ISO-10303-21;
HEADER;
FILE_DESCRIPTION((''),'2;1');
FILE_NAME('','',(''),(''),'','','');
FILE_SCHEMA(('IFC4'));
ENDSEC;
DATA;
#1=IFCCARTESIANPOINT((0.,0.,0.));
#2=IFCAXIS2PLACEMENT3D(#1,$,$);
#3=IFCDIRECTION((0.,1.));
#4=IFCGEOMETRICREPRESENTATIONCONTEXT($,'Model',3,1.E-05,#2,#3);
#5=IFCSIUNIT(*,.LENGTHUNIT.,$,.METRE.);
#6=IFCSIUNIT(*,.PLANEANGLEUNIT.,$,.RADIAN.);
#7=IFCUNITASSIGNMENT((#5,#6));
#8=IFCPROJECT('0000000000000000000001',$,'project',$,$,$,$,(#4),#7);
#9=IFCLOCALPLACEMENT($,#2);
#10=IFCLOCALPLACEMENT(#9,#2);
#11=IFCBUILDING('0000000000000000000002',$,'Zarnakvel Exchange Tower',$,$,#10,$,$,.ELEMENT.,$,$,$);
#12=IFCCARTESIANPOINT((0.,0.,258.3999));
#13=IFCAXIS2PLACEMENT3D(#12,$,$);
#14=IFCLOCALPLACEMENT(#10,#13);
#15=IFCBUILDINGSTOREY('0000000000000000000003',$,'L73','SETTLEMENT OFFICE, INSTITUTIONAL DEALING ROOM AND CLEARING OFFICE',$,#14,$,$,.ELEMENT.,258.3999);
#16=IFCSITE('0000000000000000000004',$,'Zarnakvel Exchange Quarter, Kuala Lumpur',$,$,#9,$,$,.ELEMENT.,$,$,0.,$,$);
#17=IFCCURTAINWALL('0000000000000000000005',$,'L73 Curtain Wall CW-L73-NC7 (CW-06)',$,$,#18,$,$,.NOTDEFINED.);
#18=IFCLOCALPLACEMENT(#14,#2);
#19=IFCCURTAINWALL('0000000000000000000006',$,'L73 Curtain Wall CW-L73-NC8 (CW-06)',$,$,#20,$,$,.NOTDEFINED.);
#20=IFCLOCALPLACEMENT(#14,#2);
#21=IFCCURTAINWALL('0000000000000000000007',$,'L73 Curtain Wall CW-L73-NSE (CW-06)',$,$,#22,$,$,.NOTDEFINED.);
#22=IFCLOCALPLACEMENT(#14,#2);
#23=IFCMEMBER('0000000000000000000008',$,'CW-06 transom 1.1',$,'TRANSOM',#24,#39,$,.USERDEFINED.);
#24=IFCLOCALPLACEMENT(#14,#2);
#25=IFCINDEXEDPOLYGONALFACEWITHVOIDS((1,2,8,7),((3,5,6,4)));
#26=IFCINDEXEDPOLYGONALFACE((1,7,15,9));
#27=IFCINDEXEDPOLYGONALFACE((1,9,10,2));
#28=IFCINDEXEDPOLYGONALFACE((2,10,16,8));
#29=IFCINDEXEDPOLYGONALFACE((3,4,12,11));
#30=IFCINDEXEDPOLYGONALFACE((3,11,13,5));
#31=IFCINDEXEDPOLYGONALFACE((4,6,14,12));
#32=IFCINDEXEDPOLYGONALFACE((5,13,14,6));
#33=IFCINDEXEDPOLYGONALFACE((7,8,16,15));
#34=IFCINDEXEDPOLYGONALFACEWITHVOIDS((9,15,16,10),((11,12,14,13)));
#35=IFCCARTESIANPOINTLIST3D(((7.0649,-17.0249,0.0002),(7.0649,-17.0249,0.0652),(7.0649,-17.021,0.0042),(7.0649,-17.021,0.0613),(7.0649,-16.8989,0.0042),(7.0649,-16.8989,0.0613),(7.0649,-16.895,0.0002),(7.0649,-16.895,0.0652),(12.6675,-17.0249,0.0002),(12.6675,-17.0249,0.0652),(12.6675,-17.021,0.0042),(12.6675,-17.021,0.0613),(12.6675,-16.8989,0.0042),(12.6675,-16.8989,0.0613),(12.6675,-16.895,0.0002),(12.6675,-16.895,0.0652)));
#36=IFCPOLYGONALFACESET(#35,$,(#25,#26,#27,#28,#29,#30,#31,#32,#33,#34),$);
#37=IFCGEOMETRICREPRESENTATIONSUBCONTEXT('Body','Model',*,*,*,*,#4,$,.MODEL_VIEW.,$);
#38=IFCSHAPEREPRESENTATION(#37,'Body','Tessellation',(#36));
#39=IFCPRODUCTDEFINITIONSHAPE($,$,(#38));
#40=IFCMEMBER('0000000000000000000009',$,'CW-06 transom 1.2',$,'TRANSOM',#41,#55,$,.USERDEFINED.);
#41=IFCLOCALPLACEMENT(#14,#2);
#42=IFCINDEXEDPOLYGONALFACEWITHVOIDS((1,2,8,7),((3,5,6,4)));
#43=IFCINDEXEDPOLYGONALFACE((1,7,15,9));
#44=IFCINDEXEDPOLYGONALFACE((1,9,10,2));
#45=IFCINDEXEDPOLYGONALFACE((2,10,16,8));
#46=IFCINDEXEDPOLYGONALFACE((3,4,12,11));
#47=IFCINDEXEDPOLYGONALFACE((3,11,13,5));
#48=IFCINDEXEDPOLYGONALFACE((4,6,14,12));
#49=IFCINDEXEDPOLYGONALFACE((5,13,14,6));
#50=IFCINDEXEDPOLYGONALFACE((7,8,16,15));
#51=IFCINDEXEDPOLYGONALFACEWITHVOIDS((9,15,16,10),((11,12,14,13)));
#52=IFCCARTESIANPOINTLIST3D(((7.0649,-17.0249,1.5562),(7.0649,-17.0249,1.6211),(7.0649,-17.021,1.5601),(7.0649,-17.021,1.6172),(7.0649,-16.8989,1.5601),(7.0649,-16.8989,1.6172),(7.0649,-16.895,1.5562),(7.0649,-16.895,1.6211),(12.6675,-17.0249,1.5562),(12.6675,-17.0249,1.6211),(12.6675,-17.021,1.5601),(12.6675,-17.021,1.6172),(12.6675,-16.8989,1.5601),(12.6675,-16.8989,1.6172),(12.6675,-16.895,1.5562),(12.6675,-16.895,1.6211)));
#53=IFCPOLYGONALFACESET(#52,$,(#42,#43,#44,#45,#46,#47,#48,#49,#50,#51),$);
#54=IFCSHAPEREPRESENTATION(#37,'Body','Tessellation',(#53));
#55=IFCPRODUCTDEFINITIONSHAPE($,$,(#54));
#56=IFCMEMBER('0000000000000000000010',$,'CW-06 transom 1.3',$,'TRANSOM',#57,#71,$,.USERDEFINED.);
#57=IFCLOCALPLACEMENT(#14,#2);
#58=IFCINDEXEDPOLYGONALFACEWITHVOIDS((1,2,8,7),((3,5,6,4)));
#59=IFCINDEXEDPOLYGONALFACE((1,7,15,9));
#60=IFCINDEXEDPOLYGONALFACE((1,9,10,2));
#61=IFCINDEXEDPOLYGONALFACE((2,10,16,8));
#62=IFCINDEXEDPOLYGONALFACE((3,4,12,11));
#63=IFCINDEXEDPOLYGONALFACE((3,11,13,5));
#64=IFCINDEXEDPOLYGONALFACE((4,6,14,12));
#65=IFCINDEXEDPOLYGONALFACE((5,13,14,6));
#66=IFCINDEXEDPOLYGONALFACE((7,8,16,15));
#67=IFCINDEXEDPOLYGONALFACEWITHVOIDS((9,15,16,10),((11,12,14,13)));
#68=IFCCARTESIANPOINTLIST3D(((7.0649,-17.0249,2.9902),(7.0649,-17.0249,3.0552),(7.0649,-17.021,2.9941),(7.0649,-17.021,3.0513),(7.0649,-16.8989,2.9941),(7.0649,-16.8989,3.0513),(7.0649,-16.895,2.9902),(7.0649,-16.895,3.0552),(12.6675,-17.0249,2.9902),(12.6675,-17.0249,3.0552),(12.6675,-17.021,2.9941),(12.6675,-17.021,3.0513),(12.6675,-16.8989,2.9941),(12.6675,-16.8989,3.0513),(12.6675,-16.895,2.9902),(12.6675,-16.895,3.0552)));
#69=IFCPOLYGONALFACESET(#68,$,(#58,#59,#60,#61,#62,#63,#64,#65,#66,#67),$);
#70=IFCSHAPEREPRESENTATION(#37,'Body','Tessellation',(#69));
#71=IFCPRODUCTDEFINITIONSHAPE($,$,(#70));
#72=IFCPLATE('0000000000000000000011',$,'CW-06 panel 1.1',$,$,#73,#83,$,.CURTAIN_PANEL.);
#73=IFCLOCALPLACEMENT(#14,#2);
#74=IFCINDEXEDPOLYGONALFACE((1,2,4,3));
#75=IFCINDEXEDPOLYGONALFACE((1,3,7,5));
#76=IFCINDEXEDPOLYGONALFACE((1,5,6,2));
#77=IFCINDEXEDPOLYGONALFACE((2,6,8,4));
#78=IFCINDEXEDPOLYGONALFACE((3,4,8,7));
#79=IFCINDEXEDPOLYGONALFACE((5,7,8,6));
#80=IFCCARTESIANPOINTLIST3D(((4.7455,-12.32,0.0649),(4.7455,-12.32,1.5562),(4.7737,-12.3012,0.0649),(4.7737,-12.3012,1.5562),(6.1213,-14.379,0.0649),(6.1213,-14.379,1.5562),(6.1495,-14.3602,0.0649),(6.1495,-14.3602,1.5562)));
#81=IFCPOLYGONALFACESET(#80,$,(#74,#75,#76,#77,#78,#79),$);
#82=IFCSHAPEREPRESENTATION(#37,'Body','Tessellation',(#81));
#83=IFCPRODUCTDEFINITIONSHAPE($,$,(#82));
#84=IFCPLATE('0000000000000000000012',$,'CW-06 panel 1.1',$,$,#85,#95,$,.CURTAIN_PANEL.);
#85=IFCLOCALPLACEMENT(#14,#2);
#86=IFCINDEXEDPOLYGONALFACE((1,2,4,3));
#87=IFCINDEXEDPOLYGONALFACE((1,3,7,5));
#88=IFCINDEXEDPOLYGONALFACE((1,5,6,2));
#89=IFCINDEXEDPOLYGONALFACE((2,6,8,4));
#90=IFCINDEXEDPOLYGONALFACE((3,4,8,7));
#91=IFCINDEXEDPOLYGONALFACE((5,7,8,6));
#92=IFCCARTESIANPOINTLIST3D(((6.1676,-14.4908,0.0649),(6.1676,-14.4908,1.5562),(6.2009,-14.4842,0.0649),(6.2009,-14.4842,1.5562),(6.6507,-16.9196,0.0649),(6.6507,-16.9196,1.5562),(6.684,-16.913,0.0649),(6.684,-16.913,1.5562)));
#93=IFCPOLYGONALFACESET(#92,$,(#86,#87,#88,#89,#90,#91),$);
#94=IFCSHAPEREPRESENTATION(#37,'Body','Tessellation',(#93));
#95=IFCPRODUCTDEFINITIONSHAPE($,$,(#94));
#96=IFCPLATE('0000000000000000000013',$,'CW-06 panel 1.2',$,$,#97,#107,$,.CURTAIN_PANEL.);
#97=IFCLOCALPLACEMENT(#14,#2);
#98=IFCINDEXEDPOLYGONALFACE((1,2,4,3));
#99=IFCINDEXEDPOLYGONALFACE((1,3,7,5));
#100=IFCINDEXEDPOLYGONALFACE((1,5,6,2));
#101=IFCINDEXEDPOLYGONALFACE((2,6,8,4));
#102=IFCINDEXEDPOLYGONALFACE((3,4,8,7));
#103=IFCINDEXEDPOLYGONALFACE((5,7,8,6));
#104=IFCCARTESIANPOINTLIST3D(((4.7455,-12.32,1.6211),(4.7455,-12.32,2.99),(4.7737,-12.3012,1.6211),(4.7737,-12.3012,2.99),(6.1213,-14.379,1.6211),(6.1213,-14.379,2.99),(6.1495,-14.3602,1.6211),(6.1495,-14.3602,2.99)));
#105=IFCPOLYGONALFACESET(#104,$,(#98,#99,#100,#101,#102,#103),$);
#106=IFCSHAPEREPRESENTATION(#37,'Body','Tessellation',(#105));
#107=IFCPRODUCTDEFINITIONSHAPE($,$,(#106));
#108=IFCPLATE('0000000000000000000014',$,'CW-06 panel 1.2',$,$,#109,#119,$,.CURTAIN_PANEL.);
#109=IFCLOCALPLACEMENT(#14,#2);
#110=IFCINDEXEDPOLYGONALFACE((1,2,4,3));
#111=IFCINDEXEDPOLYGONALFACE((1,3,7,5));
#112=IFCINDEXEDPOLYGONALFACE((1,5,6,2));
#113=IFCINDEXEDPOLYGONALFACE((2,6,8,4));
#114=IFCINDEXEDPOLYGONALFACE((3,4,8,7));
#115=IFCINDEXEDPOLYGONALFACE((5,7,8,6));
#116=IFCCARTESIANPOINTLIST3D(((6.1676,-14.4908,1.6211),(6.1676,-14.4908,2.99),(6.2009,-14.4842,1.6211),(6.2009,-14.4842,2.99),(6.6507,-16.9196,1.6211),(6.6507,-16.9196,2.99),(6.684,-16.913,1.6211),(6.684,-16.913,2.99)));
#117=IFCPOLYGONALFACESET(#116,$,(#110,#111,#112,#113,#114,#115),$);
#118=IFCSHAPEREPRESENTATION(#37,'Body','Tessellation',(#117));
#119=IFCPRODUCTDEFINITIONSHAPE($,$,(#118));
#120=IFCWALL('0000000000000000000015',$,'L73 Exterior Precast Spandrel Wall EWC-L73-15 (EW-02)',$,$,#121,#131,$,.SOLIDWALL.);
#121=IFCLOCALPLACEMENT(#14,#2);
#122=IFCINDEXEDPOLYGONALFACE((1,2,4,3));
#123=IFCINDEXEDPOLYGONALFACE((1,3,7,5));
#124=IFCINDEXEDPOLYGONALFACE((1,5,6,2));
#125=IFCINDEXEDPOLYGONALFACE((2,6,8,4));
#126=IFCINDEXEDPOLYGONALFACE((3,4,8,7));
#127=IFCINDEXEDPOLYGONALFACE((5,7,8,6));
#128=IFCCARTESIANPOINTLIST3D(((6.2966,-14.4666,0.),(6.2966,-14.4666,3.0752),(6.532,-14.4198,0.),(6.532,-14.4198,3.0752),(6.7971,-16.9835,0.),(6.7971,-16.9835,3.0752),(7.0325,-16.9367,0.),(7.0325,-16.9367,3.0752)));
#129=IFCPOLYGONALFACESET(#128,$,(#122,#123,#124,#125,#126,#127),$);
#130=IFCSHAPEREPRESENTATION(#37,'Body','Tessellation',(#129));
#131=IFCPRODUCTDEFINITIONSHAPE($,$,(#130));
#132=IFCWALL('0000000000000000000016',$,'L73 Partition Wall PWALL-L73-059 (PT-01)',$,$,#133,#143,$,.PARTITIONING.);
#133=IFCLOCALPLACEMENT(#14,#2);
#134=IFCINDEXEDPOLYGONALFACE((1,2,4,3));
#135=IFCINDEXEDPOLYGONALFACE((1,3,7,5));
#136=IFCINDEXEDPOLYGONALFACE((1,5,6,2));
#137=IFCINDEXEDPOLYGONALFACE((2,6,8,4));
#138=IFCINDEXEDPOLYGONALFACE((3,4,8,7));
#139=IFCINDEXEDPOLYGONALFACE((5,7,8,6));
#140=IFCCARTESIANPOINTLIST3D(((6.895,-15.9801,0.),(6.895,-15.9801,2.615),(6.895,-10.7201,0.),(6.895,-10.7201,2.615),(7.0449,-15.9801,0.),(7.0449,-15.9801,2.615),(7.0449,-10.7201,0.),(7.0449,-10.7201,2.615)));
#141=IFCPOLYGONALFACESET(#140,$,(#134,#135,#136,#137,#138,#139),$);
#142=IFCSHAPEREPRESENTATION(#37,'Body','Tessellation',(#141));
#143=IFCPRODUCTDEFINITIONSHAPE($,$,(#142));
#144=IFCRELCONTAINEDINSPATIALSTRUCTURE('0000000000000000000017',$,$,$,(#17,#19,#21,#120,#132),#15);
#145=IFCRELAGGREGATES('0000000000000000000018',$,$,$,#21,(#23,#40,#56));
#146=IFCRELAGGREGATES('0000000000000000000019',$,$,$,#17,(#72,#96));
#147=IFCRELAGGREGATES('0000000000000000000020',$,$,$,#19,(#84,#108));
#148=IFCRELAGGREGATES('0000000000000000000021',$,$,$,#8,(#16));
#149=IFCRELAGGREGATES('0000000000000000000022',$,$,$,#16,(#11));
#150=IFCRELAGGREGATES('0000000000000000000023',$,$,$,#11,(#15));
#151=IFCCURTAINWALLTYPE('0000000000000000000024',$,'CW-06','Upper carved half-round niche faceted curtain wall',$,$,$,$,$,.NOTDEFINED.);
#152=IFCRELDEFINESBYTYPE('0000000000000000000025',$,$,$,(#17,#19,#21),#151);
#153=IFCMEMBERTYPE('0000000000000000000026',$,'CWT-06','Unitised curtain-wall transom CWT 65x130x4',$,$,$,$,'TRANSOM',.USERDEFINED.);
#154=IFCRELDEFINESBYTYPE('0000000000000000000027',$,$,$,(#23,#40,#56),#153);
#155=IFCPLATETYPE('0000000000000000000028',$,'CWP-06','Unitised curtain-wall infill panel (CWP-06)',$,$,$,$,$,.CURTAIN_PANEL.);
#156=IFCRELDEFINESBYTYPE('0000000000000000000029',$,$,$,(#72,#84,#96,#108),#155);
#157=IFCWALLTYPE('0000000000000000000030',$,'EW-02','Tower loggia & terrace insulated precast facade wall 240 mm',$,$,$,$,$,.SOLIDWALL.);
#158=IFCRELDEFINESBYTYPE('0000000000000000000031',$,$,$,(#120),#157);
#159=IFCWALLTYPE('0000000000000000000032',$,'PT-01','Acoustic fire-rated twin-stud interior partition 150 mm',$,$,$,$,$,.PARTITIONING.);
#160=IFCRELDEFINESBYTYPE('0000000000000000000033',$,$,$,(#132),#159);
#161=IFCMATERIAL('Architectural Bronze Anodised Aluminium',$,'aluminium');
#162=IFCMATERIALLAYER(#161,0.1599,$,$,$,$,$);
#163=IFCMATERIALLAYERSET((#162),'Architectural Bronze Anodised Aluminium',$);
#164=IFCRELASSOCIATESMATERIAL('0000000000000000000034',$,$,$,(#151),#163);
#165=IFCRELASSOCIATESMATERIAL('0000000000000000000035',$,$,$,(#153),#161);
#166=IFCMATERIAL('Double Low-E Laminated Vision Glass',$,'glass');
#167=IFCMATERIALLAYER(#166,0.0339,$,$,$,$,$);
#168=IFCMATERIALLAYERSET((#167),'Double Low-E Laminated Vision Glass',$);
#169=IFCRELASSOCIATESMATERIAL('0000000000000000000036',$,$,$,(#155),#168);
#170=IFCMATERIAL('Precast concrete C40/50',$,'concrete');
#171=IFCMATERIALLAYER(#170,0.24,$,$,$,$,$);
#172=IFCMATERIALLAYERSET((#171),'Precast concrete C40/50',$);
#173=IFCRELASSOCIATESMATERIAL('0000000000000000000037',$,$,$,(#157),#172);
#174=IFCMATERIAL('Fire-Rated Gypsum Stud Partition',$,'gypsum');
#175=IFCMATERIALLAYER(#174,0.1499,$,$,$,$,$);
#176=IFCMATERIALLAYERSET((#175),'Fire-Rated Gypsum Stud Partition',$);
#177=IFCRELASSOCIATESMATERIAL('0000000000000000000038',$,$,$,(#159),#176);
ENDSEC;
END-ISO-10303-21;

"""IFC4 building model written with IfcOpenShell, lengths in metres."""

from ifc_helpers import new_model, si_unit, direction, frame, frame_2d, origin, origin_2d, place, context, subcontext, project, spatial, rectangle, hollow_rectangle, extrude, source, transform, mapped, material, layer, layer_set, material_profile, profile_set, type_object, element, aggregate, save


model = new_model("IFC4")

# Units and contexts
model_context = context("Model", 3, precision=1e-05, world=origin(), true_north=direction((0.0, 1.0)))
body_context = subcontext(model_context, "Body", "Model", "MODEL_VIEW")
ifc_project = project(units=[si_unit("LENGTHUNIT", "METRE"), si_unit("PLANEANGLEUNIT", "RADIAN")], contexts=[model_context])

# Site, building, storey
site_placement = place(None, origin())
site = spatial("IfcSite", under=ifc_project, at=site_placement, Name="Zarnakvel Exchange Quarter, Kuala Lumpur", CompositionType="ELEMENT", RefElevation=0.0)
building_placement = place(site_placement, origin())
building = spatial("IfcBuilding", under=site, at=building_placement, Name="Zarnakvel Exchange Tower", CompositionType="ELEMENT")
storey_placement = place(building_placement, frame((0.0, 0.0, 258.3999)))
storey = spatial("IfcBuildingStorey", under=building, at=storey_placement, Name="L73", Description="SETTLEMENT OFFICE, INSTITUTIONAL DEALING ROOM AND CLEARING OFFICE", CompositionType="ELEMENT", Elevation=258.3999)

# Curtain walls
ifc_material_1 = material(Name="Architectural Bronze Anodised Aluminium", Category="aluminium")
ifc_layer_1 = layer(ifc_material_1, 0.1599)
ifc_layer_set_1 = layer_set([ifc_layer_1], Name="Architectural Bronze Anodised Aluminium")
curtain_wall_type = type_object("IfcCurtainWallType", Name="CW-06", Description="Upper carved half-round niche faceted curtain wall", PredefinedType="NOTDEFINED", material=ifc_layer_set_1)
curtain_wall_1_placement = place(storey_placement, origin())
curtain_wall_1 = element("IfcCurtainWall", 1, at=curtain_wall_1_placement, inside=storey, type_object=curtain_wall_type, Name="L73 Curtain Wall CW-L73-NC7 (CW-06)", PredefinedType="NOTDEFINED")
curtain_wall_2_placement = place(storey_placement, origin())
curtain_wall_2 = element("IfcCurtainWall", 2, at=curtain_wall_2_placement, inside=storey, type_object=curtain_wall_type, Name="L73 Curtain Wall CW-L73-NC8 (CW-06)", PredefinedType="NOTDEFINED")

# Curtain wall
curtain_wall_3_placement = place(storey_placement, origin())
curtain_wall_3 = element("IfcCurtainWall", 3, at=curtain_wall_3_placement, inside=storey, type_object=curtain_wall_type, Name="L73 Curtain Wall CW-L73-NSE (CW-06)", PredefinedType="NOTDEFINED")

# Members
ifc_material_profile_1 = material_profile(ifc_material_1, hollow_rectangle(XDim=0.1299, YDim=0.0649, WallThickness=0.0039, at=origin_2d()))
ifc_profile_set_1 = profile_set([ifc_material_profile_1], Name="Architectural Bronze Anodised Aluminium")
member_type_1 = type_object("IfcMemberType", Name="CWT-06", Description="Unitised curtain-wall transom CWT 65x130x4", ElementType="TRANSOM", PredefinedType="USERDEFINED", material=ifc_profile_set_1)
shared_shape_1 = source(origin(), body_context, "Body", "SweptSolid", [
    extrude(hollow_rectangle(XDim=0.1299, YDim=0.0649, WallThickness=0.0039, at=origin_2d()), origin(), (0.0, 0.0, 1.0), 5.6025),
])
member_1_placement = place(storey_placement, frame((7.0649, -16.96, 0.0327), z_axis=(1.0, 0.0, 0.0), x_axis=(0.0, 1.0, 0.0)))
member_1 = element("IfcMember", 4, at=member_1_placement, type_object=member_type_1, Name="CW-06 transom 1.1", ObjectType="TRANSOM", PredefinedType="USERDEFINED", context=body_context, shape_type="MappedRepresentation", body=[
    mapped(shared_shape_1, transform((0.0, 0.0, 0.0), x_axis=(1.0, 0.0, 0.0), y_axis=(0.0, 1.0, 0.0), z_axis=(0.0, 0.0, 1.0), scale=1.0)),
])
member_2_placement = place(storey_placement, frame((7.0649, -16.96, 1.5886), z_axis=(1.0, 0.0, 0.0), x_axis=(0.0, 1.0, 0.0)))
member_2 = element("IfcMember", 5, at=member_2_placement, type_object=member_type_1, Name="CW-06 transom 1.2", ObjectType="TRANSOM", PredefinedType="USERDEFINED", context=body_context, shape_type="MappedRepresentation", body=[
    mapped(shared_shape_1, transform((0.0, 0.0, 0.0), x_axis=(1.0, 0.0, 0.0), y_axis=(0.0, 1.0, 0.0), z_axis=(0.0, 0.0, 1.0), scale=1.0)),
])
member_3_placement = place(storey_placement, frame((7.0649, -16.96, 3.0227), z_axis=(1.0, 0.0, 0.0), x_axis=(0.0, 1.0, 0.0)))
member_3 = element("IfcMember", 6, at=member_3_placement, type_object=member_type_1, Name="CW-06 transom 1.3", ObjectType="TRANSOM", PredefinedType="USERDEFINED", context=body_context, shape_type="MappedRepresentation", body=[
    mapped(shared_shape_1, transform((0.0, 0.0, 0.0), x_axis=(1.0, 0.0, 0.0), y_axis=(0.0, 1.0, 0.0), z_axis=(0.0, 0.0, 1.0), scale=1.0)),
])
aggregate(curtain_wall_3, [member_1, member_2, member_3])

# Plates
ifc_material_2 = material(Name="Double Low-E Laminated Vision Glass", Category="glass")
ifc_layer_2 = layer(ifc_material_2, 0.0339)
ifc_layer_set_2 = layer_set([ifc_layer_2], Name="Double Low-E Laminated Vision Glass")
plate_type = type_object("IfcPlateType", Name="CWP-06", Description="Unitised curtain-wall infill panel (CWP-06)", PredefinedType="CURTAIN_PANEL", material=ifc_layer_set_2)
shared_shape_2 = source(origin(), body_context, "Body", "SweptSolid", [
    extrude(rectangle(XDim=2.4763, YDim=0.0339, at=origin_2d()), origin(), (0.0, 0.0, 1.0), 1.4912),
])
plate_1_placement = place(storey_placement, frame((5.4475, -13.3401, 0.0649), z_axis=(0.0, 0.0, 1.0), x_axis=(0.55557, -0.83147, 0.0)))
plate_1 = element("IfcPlate", 7, at=plate_1_placement, type_object=plate_type, Name="CW-06 panel 1.1", PredefinedType="CURTAIN_PANEL", context=body_context, shape_type="MappedRepresentation", body=[
    mapped(shared_shape_2, transform((0.0, 0.0, 0.0), x_axis=(1.0, 0.0, 0.0), y_axis=(0.0, 1.0, 0.0), z_axis=(0.0, 0.0, 1.0), scale=1.0)),
])
plate_2_placement = place(storey_placement, frame((6.4258, -15.7019, 0.0649), z_axis=(0.0, 0.0, 1.0), x_axis=(0.19509, -0.980785, 0.0)))
plate_2 = element("IfcPlate", 8, at=plate_2_placement, type_object=plate_type, Name="CW-06 panel 1.1", PredefinedType="CURTAIN_PANEL", context=body_context, shape_type="MappedRepresentation", body=[
    mapped(shared_shape_2, transform((0.0, 0.0, 0.0), x_axis=(1.0, 0.0, 0.0), y_axis=(0.0, 1.0, 0.0), z_axis=(0.0, 0.0, 1.0), scale=1.0)),
])
shared_shape_3 = source(origin(), body_context, "Body", "SweptSolid", [
    extrude(rectangle(XDim=2.4763, YDim=0.0339, at=origin_2d()), origin(), (0.0, 0.0, 1.0), 1.3689),
])
plate_3_placement = place(storey_placement, frame((5.4475, -13.3401, 1.6211), z_axis=(0.0, 0.0, 1.0), x_axis=(0.55557, -0.83147, 0.0)))
plate_3 = element("IfcPlate", 9, at=plate_3_placement, type_object=plate_type, Name="CW-06 panel 1.2", PredefinedType="CURTAIN_PANEL", context=body_context, shape_type="MappedRepresentation", body=[
    mapped(shared_shape_3, transform((0.0, 0.0, 0.0), x_axis=(1.0, 0.0, 0.0), y_axis=(0.0, 1.0, 0.0), z_axis=(0.0, 0.0, 1.0), scale=1.0)),
])
aggregate(curtain_wall_1, [plate_1, plate_3])
plate_4_placement = place(storey_placement, frame((6.4258, -15.7019, 1.6211), z_axis=(0.0, 0.0, 1.0), x_axis=(0.19509, -0.980785, 0.0)))
plate_4 = element("IfcPlate", 10, at=plate_4_placement, type_object=plate_type, Name="CW-06 panel 1.2", PredefinedType="CURTAIN_PANEL", context=body_context, shape_type="MappedRepresentation", body=[
    mapped(shared_shape_3, transform((0.0, 0.0, 0.0), x_axis=(1.0, 0.0, 0.0), y_axis=(0.0, 1.0, 0.0), z_axis=(0.0, 0.0, 1.0), scale=1.0)),
])
aggregate(curtain_wall_2, [plate_2, plate_4])

# Walls
ifc_material_3 = material(Name="Precast concrete C40/50", Category="concrete")
ifc_layer_3 = layer(ifc_material_3, 0.24)
ifc_layer_set_3 = layer_set([ifc_layer_3], Name="Precast concrete C40/50")
wall_type_1 = type_object("IfcWallType", Name="EW-02", Description="Tower loggia & terrace insulated precast facade wall 240 mm", PredefinedType="SOLIDWALL", material=ifc_layer_set_3)
wall_1_placement = place(storey_placement, frame((6.4143, -14.4431, 0.0), z_axis=(0.0, 0.0, 1.0), x_axis=(0.195037, -0.980796, 0.0)))
element("IfcWall", 11, at=wall_1_placement, inside=storey, type_object=wall_type_1, Name="L73 Exterior Precast Spandrel Wall EWC-L73-15 (EW-02)", PredefinedType="SOLIDWALL", context=body_context, shape_type="SweptSolid", body=[
    extrude(rectangle(XDim=2.5662, YDim=0.24, at=frame_2d((1.2832, 0.0))), origin(), (0.0, 0.0, 1.0), 3.0752),
])
ifc_material_4 = material(Name="Fire-Rated Gypsum Stud Partition", Category="gypsum")
ifc_layer_4 = layer(ifc_material_4, 0.1499)
ifc_layer_set_4 = layer_set([ifc_layer_4], Name="Fire-Rated Gypsum Stud Partition")
wall_type_2 = type_object("IfcWallType", Name="PT-01", Description="Acoustic fire-rated twin-stud interior partition 150 mm", PredefinedType="PARTITIONING", material=ifc_layer_set_4)
wall_2_placement = place(storey_placement, frame((6.97, -15.98, 0.0), z_axis=(0.0, 0.0, 1.0), x_axis=(0.0, 1.0, 0.0)))
element("IfcWall", 12, at=wall_2_placement, inside=storey, type_object=wall_type_2, Name="L73 Partition Wall PWALL-L73-059 (PT-01)", PredefinedType="PARTITIONING", context=body_context, shape_type="SweptSolid", body=[
    extrude(rectangle(XDim=5.26, YDim=0.1499, at=frame_2d((2.6299, 0.0))), origin(), (0.0, 0.0, 1.0), 2.615),
])

save(model, "model.ifc")
